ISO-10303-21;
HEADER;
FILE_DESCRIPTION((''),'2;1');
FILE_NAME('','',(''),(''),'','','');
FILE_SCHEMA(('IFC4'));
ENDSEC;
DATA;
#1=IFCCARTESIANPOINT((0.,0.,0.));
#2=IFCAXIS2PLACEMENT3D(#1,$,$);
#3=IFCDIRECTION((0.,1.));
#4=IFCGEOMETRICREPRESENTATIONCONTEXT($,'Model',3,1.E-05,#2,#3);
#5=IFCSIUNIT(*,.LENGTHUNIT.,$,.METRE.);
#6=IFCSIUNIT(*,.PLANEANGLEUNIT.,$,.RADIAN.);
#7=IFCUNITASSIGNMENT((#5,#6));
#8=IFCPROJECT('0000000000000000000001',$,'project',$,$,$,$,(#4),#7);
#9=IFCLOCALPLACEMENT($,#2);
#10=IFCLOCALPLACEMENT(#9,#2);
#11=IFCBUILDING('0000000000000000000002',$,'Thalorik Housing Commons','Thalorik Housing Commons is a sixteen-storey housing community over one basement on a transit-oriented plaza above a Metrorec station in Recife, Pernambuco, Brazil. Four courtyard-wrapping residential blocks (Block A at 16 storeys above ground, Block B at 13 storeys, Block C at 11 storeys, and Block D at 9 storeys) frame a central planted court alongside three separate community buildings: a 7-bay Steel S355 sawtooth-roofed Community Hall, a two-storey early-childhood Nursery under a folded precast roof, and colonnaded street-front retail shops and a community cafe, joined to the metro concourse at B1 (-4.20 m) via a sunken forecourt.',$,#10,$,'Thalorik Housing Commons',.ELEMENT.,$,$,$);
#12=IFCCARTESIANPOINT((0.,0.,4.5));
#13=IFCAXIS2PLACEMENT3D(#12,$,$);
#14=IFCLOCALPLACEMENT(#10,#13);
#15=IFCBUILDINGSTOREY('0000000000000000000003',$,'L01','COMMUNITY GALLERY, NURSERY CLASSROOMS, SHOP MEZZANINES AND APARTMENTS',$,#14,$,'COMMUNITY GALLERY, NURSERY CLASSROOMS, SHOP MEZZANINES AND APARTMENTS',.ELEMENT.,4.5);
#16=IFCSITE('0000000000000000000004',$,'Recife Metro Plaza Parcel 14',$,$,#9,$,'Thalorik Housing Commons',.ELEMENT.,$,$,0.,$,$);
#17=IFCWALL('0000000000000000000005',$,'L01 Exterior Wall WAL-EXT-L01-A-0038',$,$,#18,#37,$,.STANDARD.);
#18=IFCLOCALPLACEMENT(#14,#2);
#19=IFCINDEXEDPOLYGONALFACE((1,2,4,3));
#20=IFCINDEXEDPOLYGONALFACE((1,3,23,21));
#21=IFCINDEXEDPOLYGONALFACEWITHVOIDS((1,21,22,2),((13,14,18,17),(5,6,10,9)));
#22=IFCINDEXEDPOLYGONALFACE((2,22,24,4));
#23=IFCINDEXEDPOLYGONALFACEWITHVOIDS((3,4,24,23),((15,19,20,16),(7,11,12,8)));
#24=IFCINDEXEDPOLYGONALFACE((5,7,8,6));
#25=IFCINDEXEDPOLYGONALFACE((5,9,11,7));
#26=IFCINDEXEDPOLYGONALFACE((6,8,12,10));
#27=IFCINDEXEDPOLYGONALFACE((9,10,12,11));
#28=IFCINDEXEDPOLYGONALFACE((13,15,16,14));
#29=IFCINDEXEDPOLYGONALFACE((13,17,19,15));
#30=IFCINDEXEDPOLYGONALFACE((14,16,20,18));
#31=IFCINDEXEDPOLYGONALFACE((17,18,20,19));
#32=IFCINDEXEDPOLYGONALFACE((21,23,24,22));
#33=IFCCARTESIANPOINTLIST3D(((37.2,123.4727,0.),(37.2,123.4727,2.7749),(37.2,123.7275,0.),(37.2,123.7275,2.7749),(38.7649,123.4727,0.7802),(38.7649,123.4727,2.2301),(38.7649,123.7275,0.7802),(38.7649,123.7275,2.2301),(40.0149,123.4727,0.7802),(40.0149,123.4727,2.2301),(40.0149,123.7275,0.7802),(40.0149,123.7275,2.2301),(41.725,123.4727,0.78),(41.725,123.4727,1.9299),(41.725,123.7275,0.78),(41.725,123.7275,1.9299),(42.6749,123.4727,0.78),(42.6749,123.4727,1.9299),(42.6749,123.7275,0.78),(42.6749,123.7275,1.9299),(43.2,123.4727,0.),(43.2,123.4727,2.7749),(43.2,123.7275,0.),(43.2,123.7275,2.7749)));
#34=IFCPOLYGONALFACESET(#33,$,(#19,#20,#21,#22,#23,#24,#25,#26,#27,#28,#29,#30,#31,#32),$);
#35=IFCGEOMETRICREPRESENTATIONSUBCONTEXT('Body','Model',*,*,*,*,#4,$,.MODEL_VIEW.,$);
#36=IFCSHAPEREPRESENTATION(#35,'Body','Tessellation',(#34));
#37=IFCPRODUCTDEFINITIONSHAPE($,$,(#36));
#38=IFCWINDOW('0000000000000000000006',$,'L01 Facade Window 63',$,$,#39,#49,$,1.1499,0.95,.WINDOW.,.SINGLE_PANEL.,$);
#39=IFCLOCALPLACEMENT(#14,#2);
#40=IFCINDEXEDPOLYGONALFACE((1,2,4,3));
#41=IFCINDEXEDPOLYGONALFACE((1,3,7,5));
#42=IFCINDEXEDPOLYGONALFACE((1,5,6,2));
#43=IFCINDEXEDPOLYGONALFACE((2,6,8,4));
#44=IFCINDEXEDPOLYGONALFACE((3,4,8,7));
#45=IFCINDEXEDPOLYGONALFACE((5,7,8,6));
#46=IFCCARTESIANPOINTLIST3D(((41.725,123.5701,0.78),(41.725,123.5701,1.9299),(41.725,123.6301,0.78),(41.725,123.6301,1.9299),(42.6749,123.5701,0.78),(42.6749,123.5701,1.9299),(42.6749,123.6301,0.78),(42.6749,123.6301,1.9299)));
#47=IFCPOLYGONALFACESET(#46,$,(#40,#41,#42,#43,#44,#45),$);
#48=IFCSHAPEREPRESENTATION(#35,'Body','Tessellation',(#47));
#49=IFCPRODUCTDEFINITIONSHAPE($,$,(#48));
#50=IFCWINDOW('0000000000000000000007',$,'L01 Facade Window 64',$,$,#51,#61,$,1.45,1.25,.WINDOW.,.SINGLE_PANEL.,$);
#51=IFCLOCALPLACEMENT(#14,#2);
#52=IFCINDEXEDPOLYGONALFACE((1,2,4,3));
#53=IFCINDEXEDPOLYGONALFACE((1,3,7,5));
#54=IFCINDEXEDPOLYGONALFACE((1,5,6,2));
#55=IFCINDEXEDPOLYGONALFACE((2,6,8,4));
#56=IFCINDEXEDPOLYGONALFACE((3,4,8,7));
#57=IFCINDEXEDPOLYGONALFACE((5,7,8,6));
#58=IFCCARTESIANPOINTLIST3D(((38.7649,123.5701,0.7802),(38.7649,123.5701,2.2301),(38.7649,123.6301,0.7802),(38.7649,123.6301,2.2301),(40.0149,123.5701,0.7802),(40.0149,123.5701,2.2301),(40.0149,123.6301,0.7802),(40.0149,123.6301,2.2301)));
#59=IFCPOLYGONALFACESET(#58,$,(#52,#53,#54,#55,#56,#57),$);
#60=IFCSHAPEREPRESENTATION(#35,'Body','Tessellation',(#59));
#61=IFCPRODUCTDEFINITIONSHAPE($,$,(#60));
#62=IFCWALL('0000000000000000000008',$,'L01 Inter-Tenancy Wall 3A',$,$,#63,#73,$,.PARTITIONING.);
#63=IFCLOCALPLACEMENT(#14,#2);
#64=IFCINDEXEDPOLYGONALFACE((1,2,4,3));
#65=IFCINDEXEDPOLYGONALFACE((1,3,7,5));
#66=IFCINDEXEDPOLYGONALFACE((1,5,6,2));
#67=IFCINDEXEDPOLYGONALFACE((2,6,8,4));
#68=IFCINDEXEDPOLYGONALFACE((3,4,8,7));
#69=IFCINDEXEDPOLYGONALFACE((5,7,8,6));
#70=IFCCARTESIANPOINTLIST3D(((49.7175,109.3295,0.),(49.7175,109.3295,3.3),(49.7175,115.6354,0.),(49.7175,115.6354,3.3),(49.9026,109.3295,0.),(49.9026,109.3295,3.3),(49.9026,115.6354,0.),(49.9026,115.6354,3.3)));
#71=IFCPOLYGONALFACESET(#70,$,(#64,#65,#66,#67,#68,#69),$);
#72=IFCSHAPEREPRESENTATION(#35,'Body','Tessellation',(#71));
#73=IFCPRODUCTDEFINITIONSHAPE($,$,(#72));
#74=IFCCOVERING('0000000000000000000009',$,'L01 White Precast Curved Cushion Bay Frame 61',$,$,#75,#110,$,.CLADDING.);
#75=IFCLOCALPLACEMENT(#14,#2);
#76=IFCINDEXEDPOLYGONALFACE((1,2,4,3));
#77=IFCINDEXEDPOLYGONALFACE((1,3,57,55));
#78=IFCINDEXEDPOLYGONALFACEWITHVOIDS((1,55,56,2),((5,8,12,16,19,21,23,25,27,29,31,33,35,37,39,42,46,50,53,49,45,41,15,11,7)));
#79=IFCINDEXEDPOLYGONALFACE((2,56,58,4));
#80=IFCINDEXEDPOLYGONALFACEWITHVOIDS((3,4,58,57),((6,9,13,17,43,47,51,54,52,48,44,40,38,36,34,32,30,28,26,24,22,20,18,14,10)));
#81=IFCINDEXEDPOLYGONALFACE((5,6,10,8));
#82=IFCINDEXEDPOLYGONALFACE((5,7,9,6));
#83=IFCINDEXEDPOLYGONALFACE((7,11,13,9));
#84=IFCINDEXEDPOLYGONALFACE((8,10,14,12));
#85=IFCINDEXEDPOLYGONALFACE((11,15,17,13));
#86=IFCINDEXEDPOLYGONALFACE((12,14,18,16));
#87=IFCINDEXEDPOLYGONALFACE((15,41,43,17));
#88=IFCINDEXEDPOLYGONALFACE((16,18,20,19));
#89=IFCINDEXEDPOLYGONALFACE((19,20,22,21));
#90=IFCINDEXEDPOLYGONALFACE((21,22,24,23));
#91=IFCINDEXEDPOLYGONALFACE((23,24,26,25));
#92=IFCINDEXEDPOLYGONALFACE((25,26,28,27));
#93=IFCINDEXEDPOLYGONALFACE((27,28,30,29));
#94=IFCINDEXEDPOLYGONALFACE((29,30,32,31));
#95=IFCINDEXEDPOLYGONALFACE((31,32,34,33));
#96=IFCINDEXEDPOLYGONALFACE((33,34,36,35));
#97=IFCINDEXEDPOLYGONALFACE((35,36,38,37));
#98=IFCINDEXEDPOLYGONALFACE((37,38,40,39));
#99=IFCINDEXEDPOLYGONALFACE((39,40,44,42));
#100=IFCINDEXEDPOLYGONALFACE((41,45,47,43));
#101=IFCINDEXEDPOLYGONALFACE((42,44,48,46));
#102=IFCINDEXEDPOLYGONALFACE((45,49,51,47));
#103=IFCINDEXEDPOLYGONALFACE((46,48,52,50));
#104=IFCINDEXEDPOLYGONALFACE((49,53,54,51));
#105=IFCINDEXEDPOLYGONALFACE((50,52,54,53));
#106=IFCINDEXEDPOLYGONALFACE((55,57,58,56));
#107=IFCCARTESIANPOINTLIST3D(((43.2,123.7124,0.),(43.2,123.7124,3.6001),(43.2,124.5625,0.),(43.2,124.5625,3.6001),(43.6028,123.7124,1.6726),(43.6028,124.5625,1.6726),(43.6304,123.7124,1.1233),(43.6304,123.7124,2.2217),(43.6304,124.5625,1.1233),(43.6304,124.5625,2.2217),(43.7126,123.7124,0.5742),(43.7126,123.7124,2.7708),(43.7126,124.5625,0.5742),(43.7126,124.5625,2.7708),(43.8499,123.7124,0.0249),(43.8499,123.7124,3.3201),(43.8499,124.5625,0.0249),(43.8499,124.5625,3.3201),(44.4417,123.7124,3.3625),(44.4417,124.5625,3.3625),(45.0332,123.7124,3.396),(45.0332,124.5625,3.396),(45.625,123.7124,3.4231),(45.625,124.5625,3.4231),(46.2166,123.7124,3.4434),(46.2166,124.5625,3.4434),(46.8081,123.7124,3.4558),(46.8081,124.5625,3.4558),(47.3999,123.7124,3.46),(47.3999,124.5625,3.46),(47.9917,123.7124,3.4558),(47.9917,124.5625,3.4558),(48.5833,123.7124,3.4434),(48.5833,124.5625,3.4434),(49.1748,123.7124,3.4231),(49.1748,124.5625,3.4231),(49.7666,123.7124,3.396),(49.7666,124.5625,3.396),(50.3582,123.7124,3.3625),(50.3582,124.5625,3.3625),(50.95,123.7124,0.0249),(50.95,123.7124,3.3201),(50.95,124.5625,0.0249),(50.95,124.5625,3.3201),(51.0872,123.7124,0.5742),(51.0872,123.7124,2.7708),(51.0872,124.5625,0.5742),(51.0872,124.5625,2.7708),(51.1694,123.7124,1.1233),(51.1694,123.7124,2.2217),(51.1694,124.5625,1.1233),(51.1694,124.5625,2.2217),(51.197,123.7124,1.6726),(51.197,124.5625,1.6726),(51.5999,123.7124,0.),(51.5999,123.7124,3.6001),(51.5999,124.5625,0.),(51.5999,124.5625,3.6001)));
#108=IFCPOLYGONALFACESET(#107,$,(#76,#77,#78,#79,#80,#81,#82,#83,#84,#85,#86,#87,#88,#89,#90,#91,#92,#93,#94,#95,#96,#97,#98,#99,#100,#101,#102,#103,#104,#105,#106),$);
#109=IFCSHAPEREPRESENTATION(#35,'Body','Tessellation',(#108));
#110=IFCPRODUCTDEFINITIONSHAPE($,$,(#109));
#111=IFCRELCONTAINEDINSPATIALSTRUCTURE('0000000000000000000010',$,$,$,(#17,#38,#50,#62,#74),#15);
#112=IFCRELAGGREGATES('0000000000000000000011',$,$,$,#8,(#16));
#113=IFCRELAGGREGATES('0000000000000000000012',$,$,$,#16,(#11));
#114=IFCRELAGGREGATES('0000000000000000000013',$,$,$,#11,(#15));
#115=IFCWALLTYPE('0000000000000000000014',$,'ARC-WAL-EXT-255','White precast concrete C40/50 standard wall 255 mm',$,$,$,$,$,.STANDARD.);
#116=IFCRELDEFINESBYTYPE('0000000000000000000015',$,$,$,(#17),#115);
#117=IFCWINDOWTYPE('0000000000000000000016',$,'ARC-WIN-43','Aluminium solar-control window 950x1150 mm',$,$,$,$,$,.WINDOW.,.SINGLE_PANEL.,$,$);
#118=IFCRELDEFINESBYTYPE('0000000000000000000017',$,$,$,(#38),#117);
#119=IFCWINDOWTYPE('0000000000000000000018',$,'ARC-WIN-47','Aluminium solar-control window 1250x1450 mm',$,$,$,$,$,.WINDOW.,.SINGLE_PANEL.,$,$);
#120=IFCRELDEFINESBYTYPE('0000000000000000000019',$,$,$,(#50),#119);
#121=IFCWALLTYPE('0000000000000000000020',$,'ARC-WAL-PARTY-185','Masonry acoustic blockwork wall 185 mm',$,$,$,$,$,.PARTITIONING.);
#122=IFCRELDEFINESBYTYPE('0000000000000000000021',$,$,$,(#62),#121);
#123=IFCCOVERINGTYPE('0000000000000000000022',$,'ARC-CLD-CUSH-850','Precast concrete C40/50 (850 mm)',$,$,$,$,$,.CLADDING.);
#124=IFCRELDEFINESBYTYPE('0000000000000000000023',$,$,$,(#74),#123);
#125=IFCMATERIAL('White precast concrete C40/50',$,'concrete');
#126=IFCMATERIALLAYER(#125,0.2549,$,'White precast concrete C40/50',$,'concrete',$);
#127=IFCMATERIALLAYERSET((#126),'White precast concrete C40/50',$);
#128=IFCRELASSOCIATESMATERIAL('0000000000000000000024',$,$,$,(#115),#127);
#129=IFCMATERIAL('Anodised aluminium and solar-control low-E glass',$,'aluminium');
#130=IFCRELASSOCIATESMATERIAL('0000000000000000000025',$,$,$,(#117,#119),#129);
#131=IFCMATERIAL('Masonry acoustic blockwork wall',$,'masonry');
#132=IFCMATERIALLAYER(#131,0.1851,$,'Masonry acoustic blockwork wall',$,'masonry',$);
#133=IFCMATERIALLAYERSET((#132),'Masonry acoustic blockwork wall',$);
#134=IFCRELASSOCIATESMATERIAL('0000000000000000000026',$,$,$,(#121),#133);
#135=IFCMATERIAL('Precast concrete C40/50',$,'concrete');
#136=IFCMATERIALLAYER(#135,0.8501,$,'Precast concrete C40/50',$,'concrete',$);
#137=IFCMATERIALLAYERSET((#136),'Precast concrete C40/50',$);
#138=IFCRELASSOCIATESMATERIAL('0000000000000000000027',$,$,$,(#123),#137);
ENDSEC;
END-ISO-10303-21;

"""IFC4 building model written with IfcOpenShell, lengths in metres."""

from ifc_helpers import new_model, si_unit, direction, frame, frame_2d, origin, place, context, subcontext, project, spatial, polyline, rectangle, outline, extrude, material, layer, layer_set, type_object, element, fill, save


model = new_model("IFC4")

# Units and contexts
model_context = context("Model", 3, precision=1e-05, world=origin(), true_north=direction((0.0, 1.0)))
body_context = subcontext(model_context, "Body", "Model", "MODEL_VIEW")
ifc_project = project(units=[si_unit("LENGTHUNIT", "METRE"), si_unit("PLANEANGLEUNIT", "RADIAN")], contexts=[model_context])

# Site, building, storey
site_placement = place(None, origin())
site = spatial("IfcSite", under=ifc_project, at=site_placement, Name="Recife Metro Plaza Parcel 14", LongName="Thalorik Housing Commons", CompositionType="ELEMENT", RefElevation=0.0)
building_placement = place(site_placement, origin())
building = spatial("IfcBuilding", under=site, at=building_placement, Name="Thalorik Housing Commons", Description="Thalorik Housing Commons is a sixteen-storey housing community over one basement on a transit-oriented plaza above a Metrorec station in Recife, Pernambuco, Brazil. Four courtyard-wrapping residential blocks (Block A at 16 storeys above ground, Block B at 13 storeys, Block C at 11 storeys, and Block D at 9 storeys) frame a central planted court alongside three separate community buildings: a 7-bay Steel S355 sawtooth-roofed Community Hall, a two-storey early-childhood Nursery under a folded precast roof, and colonnaded street-front retail shops and a community cafe, joined to the metro concourse at B1 (-4.20 m) via a sunken forecourt.", LongName="Thalorik Housing Commons", CompositionType="ELEMENT")
storey_placement = place(building_placement, frame((0.0, 0.0, 4.5)))
storey = spatial("IfcBuildingStorey", under=building, at=storey_placement, Name="L01", Description="COMMUNITY GALLERY, NURSERY CLASSROOMS, SHOP MEZZANINES AND APARTMENTS", LongName="COMMUNITY GALLERY, NURSERY CLASSROOMS, SHOP MEZZANINES AND APARTMENTS", CompositionType="ELEMENT", Elevation=4.5)

# Shared definitions
ifc_material_1 = material(Name="Precast concrete C40/50", Category="concrete")

# Shared definitions
ifc_material_2 = material(Name="Anodised aluminium and solar-control low-E glass", Category="aluminium")

# Shared definitions
ifc_material_3 = material(Name="White precast concrete C40/50", Category="concrete")
ifc_layer_1 = layer(ifc_material_3, 0.2549, Name="White precast concrete C40/50", Category="concrete")
ifc_layer_set_1 = layer_set([ifc_layer_1], Name="White precast concrete C40/50")
wall_type_1 = type_object("IfcWallType", Name="ARC-WAL-EXT-255", Description="White precast concrete C40/50 standard wall 255 mm", PredefinedType="STANDARD", material=ifc_layer_set_1)

# Wall, openings, windows
wall_1_placement = place(storey_placement, frame((43.2, 123.6001, 0.0), z_axis=(0.0, 0.0, 1.0), x_axis=(-1.0, 0.0, 0.0)))
wall_1 = element("IfcWall", 1, at=wall_1_placement, inside=storey, type_object=wall_type_1, Name="L01 Exterior Wall WAL-EXT-L01-A-0038", PredefinedType="STANDARD", context=body_context, shape_type="SweptSolid", body=[
    extrude(rectangle(XDim=6.0, YDim=0.2549, at=frame_2d((3.0, 0.0))), origin(), (0.0, 0.0, 1.0), 2.7749),
])
opening_1_placement = place(wall_1_placement, frame((0.5249, 0.0, 0.78)))
opening_1 = element("IfcOpeningElement", 2, at=opening_1_placement, cuts=wall_1, PredefinedType="OPENING", context=body_context, shape_type="SweptSolid", body=[
    extrude(rectangle(XDim=0.95, YDim=1.1499, at=frame_2d((0.4751, 0.575))), frame((0.0, 0.1375, 0.0), z_axis=(0.0, -1.0, 0.0), x_axis=(1.0, 0.0, 0.0)), (0.0, 0.0, 1.0), 0.2749),
])
opening_2_placement = place(wall_1_placement, frame((3.1851, 0.0, 0.78)))
opening_2 = element("IfcOpeningElement", 3, at=opening_2_placement, cuts=wall_1, PredefinedType="OPENING", context=body_context, shape_type="SweptSolid", body=[
    extrude(rectangle(XDim=1.25, YDim=1.45, at=frame_2d((0.625, 0.7251))), frame((0.0, 0.1375, 0.0), z_axis=(0.0, -1.0, 0.0), x_axis=(1.0, 0.0, 0.0)), (0.0, 0.0, 1.0), 0.2749),
])
window_type_1 = type_object("IfcWindowType", Name="ARC-WIN-43", Description="Aluminium solar-control window 950x1150 mm", PartitioningType="SINGLE_PANEL", PredefinedType="WINDOW", material=ifc_material_2)
window_1_placement = place(opening_1_placement, origin())
window_1 = element("IfcWindow", 4, at=window_1_placement, inside=storey, type_object=window_type_1, Name="L01 Facade Window 63", OverallHeight=1.1499, OverallWidth=0.95, PartitioningType="SINGLE_PANEL", PredefinedType="WINDOW", context=body_context, shape_type="SweptSolid", body=[
    extrude(rectangle(XDim=0.95, YDim=1.1499, at=frame_2d((0.4751, 0.575))), frame((0.0, 0.03, 0.0), z_axis=(0.0, -1.0, 0.0), x_axis=(1.0, 0.0, 0.0)), (0.0, 0.0, 1.0), 0.0601),
])
fill(opening_1, window_1)
window_type_2 = type_object("IfcWindowType", Name="ARC-WIN-47", Description="Aluminium solar-control window 1250x1450 mm", PartitioningType="SINGLE_PANEL", PredefinedType="WINDOW", material=ifc_material_2)
window_2_placement = place(opening_2_placement, origin())
window_2 = element("IfcWindow", 5, at=window_2_placement, inside=storey, type_object=window_type_2, Name="L01 Facade Window 64", OverallHeight=1.45, OverallWidth=1.25, PartitioningType="SINGLE_PANEL", PredefinedType="WINDOW", context=body_context, shape_type="SweptSolid", body=[
    extrude(rectangle(XDim=1.25, YDim=1.45, at=frame_2d((0.625, 0.7251))), frame((0.0, 0.03, 0.0), z_axis=(0.0, -1.0, 0.0), x_axis=(1.0, 0.0, 0.0)), (0.0, 0.0, 1.0), 0.0601),
])
fill(opening_2, window_2)

# Wall
ifc_material_4 = material(Name="Masonry acoustic blockwork wall", Category="masonry")
ifc_layer_2 = layer(ifc_material_4, 0.1851, Name="Masonry acoustic blockwork wall", Category="masonry")
ifc_layer_set_2 = layer_set([ifc_layer_2], Name="Masonry acoustic blockwork wall")
wall_type_2 = type_object("IfcWallType", Name="ARC-WAL-PARTY-185", Description="Masonry acoustic blockwork wall 185 mm", PredefinedType="PARTITIONING", material=ifc_layer_set_2)
wall_2_placement = place(storey_placement, frame((49.8101, 109.3296, 0.0), z_axis=(0.0, 0.0, 1.0), x_axis=(0.0, 1.0, 0.0)))
element("IfcWall", 6, at=wall_2_placement, inside=storey, type_object=wall_type_2, Name="L01 Inter-Tenancy Wall 3A", PredefinedType="PARTITIONING", context=body_context, shape_type="SweptSolid", body=[
    extrude(rectangle(XDim=6.3059, YDim=0.1851, at=frame_2d((3.1528, 0.0))), origin(), (0.0, 0.0, 1.0), 3.3),
])

# Covering
ifc_layer_3 = layer(ifc_material_1, 0.8501, Name="Precast concrete C40/50", Category="concrete")
ifc_layer_set_3 = layer_set([ifc_layer_3], Name="Precast concrete C40/50")
covering_type = type_object("IfcCoveringType", Name="ARC-CLD-CUSH-850", Description="Precast concrete C40/50 (850 mm)", PredefinedType="CLADDING", material=ifc_layer_set_3)
covering_placement = place(storey_placement, frame((47.3999, 124.1375, 0.0), z_axis=(0.0, 0.0, 1.0), x_axis=(-1.0, 0.0, 0.0)))
element("IfcCovering", 7, at=covering_placement, inside=storey, type_object=covering_type, Name="L01 White Precast Curved Cushion Bay Frame 61", PredefinedType="CLADDING", context=body_context, shape_type="SweptSolid", body=[
    extrude(outline(polyline([(-4.2, 0.0), (4.2, 0.0), (4.2, 3.6001), (-4.2, 3.6001), (-4.2, 0.0)]), holes=[polyline([(3.55, 0.0249), (3.6873, 0.5742), (3.7695, 1.1233), (3.7971, 1.6726), (3.7695, 2.2217), (3.6873, 2.7708), (3.55, 3.3201), (2.9583, 3.3625), (2.3667, 3.396), (1.7749, 3.4231), (1.1833, 3.4434), (0.5918, 3.4558), (0.0, 3.46), (-0.5918, 3.4558), (-1.1833, 3.4434), (-1.7749, 3.4231), (-2.3667, 3.396), (-2.9583, 3.3625), (-3.55, 3.3201), (-3.6873, 2.7708), (-3.7695, 2.2217), (-3.7971, 1.6726), (-3.7695, 1.1233), (-3.6873, 0.5742), (-3.55, 0.0249), (3.55, 0.0249)])]), frame((0.0, 0.425, 0.0), z_axis=(0.0, -1.0, 0.0), x_axis=(1.0, 0.0, 0.0)), (0.0, 0.0, 1.0), 0.8501),
])

save(model, "model.ifc")
